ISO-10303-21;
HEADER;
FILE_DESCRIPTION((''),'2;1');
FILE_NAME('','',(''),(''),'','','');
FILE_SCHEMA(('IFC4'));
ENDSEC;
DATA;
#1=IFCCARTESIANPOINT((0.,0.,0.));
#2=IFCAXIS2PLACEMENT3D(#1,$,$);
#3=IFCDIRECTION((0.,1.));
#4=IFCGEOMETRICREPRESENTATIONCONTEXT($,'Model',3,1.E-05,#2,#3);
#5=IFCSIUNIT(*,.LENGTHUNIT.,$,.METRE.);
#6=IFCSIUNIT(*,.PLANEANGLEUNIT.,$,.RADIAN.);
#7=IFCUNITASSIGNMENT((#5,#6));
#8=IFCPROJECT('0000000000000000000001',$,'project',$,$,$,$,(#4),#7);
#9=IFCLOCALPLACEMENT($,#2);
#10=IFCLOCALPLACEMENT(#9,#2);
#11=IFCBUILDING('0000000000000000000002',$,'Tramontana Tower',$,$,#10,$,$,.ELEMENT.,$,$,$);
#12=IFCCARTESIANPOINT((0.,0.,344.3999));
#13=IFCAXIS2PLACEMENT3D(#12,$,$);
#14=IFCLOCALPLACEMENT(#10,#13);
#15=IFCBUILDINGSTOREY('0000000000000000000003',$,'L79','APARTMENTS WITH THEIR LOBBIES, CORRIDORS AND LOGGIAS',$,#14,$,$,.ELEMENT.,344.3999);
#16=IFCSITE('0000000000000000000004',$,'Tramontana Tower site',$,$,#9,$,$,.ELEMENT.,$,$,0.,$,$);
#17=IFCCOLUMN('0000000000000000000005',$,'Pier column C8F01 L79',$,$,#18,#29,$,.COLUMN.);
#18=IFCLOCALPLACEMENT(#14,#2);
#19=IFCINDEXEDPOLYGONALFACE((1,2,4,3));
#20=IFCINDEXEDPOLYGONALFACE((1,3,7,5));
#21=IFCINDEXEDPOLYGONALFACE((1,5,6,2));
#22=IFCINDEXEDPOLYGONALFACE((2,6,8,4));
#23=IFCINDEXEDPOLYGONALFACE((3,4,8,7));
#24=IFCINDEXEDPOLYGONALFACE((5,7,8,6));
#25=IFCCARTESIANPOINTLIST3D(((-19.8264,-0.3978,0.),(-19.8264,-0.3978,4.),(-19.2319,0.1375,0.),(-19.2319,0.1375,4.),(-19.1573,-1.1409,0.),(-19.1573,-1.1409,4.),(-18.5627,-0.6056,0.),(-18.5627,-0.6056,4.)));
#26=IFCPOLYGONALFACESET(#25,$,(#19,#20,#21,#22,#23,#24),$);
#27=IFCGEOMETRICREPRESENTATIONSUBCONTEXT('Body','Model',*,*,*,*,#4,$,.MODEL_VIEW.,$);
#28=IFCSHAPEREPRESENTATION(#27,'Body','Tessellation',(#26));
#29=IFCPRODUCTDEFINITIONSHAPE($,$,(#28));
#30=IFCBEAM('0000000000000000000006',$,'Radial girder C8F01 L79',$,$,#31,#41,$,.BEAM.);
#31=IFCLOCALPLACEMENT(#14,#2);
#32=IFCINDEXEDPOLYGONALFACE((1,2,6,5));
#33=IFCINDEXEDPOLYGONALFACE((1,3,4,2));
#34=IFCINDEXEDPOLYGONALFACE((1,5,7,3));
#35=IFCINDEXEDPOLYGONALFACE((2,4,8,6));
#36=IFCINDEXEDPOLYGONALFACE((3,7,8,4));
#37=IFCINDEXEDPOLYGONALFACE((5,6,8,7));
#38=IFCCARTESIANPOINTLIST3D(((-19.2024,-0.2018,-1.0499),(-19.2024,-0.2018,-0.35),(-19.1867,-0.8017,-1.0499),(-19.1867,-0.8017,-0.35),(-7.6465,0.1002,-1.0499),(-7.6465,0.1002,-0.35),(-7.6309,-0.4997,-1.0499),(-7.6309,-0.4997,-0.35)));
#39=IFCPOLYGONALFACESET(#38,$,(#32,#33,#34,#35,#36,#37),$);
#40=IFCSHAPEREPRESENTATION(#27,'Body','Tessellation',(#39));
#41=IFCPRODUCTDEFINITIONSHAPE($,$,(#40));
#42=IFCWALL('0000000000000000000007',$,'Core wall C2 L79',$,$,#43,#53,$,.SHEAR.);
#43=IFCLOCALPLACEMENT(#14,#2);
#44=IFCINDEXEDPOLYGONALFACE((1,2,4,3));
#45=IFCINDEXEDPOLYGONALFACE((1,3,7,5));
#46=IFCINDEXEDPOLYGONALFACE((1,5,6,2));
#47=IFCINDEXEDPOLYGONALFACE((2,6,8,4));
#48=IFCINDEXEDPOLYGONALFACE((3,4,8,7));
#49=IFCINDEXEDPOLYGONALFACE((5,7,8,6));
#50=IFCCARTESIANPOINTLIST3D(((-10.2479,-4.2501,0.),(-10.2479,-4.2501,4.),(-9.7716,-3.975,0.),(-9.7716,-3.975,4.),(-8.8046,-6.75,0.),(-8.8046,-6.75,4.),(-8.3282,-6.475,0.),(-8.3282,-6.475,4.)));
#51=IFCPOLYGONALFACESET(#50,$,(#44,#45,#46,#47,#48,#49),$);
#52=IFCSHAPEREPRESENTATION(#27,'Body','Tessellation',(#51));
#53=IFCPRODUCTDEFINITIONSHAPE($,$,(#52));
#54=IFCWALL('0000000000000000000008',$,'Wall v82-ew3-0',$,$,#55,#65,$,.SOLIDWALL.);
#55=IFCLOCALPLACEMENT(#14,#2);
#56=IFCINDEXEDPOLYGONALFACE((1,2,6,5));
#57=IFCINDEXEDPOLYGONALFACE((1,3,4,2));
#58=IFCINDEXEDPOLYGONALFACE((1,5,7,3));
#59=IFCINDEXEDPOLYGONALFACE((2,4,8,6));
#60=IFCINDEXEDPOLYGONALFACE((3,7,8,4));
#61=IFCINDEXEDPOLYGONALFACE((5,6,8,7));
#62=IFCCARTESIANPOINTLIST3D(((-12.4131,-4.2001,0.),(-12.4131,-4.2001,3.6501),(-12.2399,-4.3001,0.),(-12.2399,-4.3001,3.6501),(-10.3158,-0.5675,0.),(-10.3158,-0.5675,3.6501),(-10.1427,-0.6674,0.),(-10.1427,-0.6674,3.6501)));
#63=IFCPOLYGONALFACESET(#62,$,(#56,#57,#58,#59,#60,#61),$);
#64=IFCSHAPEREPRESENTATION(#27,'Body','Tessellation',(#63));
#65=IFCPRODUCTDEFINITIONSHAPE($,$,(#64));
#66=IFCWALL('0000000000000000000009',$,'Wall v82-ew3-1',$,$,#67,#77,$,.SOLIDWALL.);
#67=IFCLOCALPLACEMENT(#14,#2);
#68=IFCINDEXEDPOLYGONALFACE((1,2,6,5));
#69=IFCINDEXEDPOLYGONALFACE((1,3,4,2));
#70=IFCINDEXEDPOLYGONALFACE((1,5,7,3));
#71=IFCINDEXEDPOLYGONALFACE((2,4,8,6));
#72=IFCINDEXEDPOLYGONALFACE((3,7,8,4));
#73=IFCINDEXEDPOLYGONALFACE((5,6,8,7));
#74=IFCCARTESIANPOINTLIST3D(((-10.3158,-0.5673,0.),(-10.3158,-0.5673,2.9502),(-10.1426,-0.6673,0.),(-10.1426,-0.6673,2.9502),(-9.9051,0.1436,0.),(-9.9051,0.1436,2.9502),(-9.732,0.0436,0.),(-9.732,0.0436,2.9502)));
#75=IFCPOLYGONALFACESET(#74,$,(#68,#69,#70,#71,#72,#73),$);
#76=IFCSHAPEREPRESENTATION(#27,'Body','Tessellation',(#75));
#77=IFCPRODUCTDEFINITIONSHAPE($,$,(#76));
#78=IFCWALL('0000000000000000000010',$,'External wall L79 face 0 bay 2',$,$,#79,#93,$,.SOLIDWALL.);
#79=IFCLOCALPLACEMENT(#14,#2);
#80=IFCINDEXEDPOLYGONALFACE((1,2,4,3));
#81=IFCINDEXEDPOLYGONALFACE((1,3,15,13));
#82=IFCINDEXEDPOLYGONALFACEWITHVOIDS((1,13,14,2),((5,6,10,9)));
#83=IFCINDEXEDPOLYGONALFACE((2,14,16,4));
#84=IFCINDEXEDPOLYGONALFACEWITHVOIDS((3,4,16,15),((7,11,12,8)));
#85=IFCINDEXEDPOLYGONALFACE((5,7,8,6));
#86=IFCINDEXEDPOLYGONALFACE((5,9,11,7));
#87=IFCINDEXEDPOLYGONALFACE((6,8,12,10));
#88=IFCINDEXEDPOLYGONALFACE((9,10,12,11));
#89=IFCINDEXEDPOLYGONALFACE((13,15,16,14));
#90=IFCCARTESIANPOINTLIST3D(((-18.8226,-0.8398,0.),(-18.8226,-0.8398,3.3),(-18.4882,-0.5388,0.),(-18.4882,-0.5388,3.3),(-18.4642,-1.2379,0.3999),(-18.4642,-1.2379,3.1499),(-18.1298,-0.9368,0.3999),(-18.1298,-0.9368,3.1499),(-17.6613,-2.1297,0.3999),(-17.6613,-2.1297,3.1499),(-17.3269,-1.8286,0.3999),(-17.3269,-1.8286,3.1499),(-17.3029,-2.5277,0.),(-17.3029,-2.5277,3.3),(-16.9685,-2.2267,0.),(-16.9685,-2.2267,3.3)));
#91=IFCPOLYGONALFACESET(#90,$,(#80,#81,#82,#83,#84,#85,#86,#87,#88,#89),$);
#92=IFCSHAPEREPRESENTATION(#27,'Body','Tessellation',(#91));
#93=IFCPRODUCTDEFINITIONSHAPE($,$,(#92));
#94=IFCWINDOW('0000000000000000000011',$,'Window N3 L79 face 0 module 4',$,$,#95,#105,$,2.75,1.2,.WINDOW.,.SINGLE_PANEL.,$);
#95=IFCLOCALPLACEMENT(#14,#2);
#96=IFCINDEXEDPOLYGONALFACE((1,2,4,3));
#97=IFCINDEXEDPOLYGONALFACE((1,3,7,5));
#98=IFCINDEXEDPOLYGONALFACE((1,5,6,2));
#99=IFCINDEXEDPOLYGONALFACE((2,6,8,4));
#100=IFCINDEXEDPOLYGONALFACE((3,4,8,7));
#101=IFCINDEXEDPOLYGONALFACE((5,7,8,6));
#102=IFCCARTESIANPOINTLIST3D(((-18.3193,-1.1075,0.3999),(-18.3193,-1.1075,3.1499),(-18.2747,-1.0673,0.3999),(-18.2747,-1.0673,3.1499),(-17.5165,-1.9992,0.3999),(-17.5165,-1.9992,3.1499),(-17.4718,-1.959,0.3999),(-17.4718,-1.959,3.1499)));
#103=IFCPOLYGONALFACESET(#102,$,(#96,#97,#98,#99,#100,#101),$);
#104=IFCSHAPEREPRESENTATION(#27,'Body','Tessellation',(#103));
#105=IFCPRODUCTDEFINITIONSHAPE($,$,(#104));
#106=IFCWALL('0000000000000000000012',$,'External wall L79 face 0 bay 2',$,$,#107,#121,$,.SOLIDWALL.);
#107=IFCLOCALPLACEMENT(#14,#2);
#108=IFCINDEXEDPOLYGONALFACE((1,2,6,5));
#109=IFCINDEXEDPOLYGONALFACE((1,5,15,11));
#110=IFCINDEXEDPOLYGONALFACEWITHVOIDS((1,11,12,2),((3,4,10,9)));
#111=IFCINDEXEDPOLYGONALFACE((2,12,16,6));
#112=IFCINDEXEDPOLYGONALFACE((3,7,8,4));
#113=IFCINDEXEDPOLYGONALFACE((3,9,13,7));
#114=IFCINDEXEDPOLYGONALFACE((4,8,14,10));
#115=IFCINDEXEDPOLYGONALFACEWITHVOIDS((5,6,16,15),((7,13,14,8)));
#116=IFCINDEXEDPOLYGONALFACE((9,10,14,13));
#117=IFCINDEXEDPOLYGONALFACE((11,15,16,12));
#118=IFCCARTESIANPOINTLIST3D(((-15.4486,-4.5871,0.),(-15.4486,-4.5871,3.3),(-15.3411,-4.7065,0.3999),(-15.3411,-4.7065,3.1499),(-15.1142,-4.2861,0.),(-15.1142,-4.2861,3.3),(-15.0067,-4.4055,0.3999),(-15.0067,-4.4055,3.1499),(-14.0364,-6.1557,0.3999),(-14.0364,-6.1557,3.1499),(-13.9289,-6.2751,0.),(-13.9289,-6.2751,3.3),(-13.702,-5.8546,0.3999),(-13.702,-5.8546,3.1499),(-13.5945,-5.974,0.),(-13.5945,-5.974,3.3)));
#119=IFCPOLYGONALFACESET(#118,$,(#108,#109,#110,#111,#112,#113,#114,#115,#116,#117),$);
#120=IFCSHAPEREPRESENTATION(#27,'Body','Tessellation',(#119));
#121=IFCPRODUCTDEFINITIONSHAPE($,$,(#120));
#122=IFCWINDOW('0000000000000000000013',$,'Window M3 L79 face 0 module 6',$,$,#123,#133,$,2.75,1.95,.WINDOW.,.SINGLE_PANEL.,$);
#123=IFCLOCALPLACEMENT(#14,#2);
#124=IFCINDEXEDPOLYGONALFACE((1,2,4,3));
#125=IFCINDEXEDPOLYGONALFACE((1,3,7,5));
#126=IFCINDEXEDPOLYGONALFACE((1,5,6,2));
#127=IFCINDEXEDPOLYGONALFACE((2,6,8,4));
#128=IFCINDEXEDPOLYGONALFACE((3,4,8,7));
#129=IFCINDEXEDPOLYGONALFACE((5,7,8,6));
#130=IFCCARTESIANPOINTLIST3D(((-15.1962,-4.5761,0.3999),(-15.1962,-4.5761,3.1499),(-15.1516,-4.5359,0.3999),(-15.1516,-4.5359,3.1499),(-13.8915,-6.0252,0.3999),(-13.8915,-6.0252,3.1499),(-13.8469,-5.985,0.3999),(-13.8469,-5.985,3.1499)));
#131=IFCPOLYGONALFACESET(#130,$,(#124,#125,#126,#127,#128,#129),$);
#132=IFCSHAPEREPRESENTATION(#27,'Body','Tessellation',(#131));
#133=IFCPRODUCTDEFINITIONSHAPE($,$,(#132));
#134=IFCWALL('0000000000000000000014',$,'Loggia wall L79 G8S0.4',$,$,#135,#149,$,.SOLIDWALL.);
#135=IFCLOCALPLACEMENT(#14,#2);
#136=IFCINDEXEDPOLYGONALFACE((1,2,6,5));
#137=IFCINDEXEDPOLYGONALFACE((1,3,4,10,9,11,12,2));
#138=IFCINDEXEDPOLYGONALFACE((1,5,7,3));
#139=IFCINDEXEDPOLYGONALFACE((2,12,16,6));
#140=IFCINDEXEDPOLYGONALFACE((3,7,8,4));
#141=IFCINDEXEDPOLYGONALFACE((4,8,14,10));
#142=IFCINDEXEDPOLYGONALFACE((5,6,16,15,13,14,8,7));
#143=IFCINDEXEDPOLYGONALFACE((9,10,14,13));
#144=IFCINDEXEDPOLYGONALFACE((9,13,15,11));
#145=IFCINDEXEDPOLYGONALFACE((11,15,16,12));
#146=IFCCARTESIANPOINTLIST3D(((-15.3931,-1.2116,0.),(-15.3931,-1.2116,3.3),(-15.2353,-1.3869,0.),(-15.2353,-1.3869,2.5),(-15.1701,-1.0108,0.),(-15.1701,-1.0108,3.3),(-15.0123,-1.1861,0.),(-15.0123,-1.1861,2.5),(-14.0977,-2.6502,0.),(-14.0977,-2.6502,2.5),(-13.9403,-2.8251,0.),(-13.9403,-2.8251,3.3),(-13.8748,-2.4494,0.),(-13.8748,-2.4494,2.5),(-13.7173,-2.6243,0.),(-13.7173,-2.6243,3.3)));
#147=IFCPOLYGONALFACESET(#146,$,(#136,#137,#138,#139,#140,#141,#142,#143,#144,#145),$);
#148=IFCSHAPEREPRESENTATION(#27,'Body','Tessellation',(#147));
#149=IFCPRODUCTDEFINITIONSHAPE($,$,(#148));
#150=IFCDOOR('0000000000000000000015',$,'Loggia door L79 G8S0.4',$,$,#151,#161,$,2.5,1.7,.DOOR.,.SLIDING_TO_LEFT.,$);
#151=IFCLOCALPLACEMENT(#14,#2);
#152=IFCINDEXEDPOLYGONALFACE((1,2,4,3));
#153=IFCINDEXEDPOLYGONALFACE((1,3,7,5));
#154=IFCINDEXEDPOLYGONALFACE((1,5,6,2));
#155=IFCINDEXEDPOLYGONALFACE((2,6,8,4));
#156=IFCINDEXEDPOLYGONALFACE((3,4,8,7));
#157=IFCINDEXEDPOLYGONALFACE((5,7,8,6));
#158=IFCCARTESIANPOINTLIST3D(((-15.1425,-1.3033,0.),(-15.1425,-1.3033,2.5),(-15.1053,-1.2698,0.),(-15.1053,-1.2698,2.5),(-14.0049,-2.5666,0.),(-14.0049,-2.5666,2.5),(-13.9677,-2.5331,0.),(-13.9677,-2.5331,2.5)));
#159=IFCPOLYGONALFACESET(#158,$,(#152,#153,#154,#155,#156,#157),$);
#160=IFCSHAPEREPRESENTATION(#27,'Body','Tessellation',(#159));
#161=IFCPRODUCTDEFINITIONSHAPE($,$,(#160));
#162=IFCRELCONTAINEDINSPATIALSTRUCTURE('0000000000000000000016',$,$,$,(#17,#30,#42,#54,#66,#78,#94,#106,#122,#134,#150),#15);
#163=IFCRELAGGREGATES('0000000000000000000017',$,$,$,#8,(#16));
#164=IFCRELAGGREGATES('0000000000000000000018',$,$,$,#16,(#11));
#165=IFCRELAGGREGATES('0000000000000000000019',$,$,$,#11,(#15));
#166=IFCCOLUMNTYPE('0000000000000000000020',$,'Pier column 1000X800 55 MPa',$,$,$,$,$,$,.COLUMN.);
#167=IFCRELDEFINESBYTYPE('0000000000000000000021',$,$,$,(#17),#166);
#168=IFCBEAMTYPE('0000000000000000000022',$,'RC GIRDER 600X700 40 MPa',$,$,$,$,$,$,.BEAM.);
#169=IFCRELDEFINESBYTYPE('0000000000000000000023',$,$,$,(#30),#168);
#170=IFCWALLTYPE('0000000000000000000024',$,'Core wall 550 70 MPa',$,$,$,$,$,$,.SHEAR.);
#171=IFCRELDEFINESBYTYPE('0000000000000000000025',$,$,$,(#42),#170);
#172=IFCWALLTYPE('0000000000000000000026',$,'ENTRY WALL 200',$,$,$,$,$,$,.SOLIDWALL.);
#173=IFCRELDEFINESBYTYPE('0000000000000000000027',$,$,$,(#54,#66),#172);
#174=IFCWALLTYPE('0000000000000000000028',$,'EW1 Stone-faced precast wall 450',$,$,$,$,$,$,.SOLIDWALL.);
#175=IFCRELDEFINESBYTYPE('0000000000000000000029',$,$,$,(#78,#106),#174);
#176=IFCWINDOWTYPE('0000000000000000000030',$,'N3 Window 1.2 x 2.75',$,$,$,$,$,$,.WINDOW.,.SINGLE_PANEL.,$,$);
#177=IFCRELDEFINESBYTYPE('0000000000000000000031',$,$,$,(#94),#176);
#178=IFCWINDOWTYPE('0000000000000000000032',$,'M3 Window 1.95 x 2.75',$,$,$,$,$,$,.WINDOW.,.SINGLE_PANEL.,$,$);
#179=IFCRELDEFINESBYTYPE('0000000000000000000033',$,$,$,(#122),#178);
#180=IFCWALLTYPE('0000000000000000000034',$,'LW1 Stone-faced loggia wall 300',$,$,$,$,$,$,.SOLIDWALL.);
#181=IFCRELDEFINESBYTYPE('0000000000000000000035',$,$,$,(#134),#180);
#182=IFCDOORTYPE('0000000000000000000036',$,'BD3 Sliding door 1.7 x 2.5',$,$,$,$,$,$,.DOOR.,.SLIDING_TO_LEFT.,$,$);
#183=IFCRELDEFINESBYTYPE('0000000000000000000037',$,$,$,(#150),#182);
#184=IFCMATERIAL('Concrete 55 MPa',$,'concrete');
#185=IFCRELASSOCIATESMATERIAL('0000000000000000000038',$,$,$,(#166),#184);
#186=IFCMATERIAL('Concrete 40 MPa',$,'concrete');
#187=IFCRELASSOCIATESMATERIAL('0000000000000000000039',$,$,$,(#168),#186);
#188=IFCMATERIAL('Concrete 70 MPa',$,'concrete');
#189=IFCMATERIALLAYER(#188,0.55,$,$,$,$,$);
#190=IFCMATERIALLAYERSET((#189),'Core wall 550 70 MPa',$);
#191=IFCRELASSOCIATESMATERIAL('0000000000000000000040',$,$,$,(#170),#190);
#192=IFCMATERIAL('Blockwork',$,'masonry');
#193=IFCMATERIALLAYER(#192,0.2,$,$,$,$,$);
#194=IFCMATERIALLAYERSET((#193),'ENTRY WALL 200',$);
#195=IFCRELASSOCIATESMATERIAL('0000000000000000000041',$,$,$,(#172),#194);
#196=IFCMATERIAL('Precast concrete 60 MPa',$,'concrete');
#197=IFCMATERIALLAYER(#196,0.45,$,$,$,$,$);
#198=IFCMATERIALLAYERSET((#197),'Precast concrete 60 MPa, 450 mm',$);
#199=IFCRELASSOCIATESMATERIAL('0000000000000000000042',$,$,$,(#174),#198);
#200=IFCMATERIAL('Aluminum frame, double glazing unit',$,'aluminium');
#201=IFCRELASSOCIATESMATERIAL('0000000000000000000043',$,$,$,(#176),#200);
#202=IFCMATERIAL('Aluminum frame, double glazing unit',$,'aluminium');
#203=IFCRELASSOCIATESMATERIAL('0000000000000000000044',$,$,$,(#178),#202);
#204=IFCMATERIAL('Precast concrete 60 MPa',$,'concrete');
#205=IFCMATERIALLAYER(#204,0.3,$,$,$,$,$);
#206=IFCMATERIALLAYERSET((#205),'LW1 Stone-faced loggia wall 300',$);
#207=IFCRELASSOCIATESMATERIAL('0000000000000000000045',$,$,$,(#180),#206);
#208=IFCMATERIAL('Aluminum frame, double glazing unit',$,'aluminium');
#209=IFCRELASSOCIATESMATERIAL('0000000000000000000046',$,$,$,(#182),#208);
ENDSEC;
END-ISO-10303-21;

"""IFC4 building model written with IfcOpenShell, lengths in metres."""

from ifc_helpers import new_model, si_unit, direction, frame, frame_2d, origin, origin_2d, place, context, subcontext, project, spatial, rectangle, extrude, material, layer, layer_set, material_profile, profile_set, type_object, element, fill, save


model = new_model("IFC4")

# Units and contexts
model_context = context("Model", 3, precision=1e-05, world=origin(), true_north=direction((0.0, 1.0)))
body_context = subcontext(model_context, "Body", "Model", "MODEL_VIEW")
ifc_project = project(units=[si_unit("LENGTHUNIT", "METRE"), si_unit("PLANEANGLEUNIT", "RADIAN")], contexts=[model_context])

# Site, building, storey
site_placement = place(None, origin())
site = spatial("IfcSite", under=ifc_project, at=site_placement, Name="Tramontana Tower site", CompositionType="ELEMENT", RefElevation=0.0)
building_placement = place(site_placement, origin())
building = spatial("IfcBuilding", under=site, at=building_placement, Name="Tramontana Tower", CompositionType="ELEMENT")
storey_placement = place(building_placement, frame((0.0, 0.0, 344.3999)))
storey = spatial("IfcBuildingStorey", under=building, at=storey_placement, Name="L79", Description="APARTMENTS WITH THEIR LOBBIES, CORRIDORS AND LOGGIAS", CompositionType="ELEMENT", Elevation=344.3999)

# Column
ifc_material_1 = material(Name="Concrete 55 MPa", Category="concrete")
ifc_material_profile_1 = material_profile(ifc_material_1, rectangle(XDim=1.0, YDim=0.8, at=origin_2d()), Name="Pier column 1000X800 55 MPa")
ifc_profile_set_1 = profile_set([ifc_material_profile_1], Name="Concrete 55 MPa")
column_type = type_object("IfcColumnType", Name="Pier column 1000X800 55 MPa", PredefinedType="COLUMN", material=ifc_profile_set_1)
column_placement = place(storey_placement, frame((-19.1946, -0.5017, 0.0), z_axis=(0.0, 0.0, 1.0), x_axis=(0.669131, -0.743145, 0.0)))
element("IfcColumn", 1, at=column_placement, inside=storey, type_object=column_type, Name="Pier column C8F01 L79", PredefinedType="COLUMN", context=body_context, shape_type="SweptSolid", body=[
    extrude(rectangle(XDim=1.0, YDim=0.8, at=origin_2d()), origin(), (0.0, 0.0, 1.0), 4.0),
])

# Beam
ifc_material_2 = material(Name="Concrete 40 MPa", Category="concrete")
ifc_material_profile_2 = material_profile(ifc_material_2, rectangle(XDim=0.6001, YDim=0.7, at=origin_2d()), Name="RC GIRDER 600X700 40 MPa")
ifc_profile_set_2 = profile_set([ifc_material_profile_2], Name="Concrete 40 MPa")
beam_type = type_object("IfcBeamType", Name="RC GIRDER 600X700 40 MPa", PredefinedType="BEAM", material=ifc_profile_set_2)
beam_placement = place(storey_placement, frame((-19.1946, -0.5017, -0.7), z_axis=(0.999659, 0.026125, 0.0), x_axis=(-0.026125, 0.999659, 0.0)))
element("IfcBeam", 2, at=beam_placement, inside=storey, type_object=beam_type, Name="Radial girder C8F01 L79", PredefinedType="BEAM", context=body_context, shape_type="SweptSolid", body=[
    extrude(rectangle(XDim=0.6001, YDim=0.7, at=origin_2d()), origin(), (0.0, 0.0, 1.0), 11.5598),
])

# Walls
ifc_material_3 = material(Name="Concrete 70 MPa", Category="concrete")
ifc_layer_1 = layer(ifc_material_3, 0.55)
ifc_layer_set_1 = layer_set([ifc_layer_1], Name="Core wall 550 70 MPa")
wall_type_1 = type_object("IfcWallType", Name="Core wall 550 70 MPa", PredefinedType="SHEAR", material=ifc_layer_set_1)
wall_1_placement = place(storey_placement, frame((-10.0098, -4.1125, 0.0), z_axis=(0.0, 0.0, 1.0), x_axis=(0.499996, -0.866028, 0.0)))
element("IfcWall", 3, at=wall_1_placement, inside=storey, type_object=wall_type_1, Name="Core wall C2 L79", PredefinedType="SHEAR", context=body_context, shape_type="SweptSolid", body=[
    extrude(rectangle(XDim=2.8867, YDim=0.55, at=frame_2d((1.4434, 0.0))), origin(), (0.0, 0.0, 1.0), 4.0),
])
ifc_material_4 = material(Name="Blockwork", Category="masonry")
ifc_layer_2 = layer(ifc_material_4, 0.2)
ifc_layer_set_2 = layer_set([ifc_layer_2], Name="ENTRY WALL 200")
wall_type_2 = type_object("IfcWallType", Name="ENTRY WALL 200", PredefinedType="SOLIDWALL", material=ifc_layer_set_2)
wall_2_placement = place(storey_placement, frame((-12.3264, -4.25, 0.0), z_axis=(0.0, 0.0, 1.0), x_axis=(0.499983, 0.866035, 0.0)))
element("IfcWall", 4, at=wall_2_placement, inside=storey, type_object=wall_type_2, Name="Wall v82-ew3-0", PredefinedType="SOLIDWALL", context=body_context, shape_type="SweptSolid", body=[
    extrude(rectangle(XDim=4.1946, YDim=0.2, at=frame_2d((2.0972, 0.0))), origin(), (0.0, 0.0, 1.0), 3.6501),
])
wall_3_placement = place(storey_placement, frame((-10.2292, -0.6174, 0.0), z_axis=(0.0, 0.0, 1.0), x_axis=(0.500169, 0.865928, 0.0)))
element("IfcWall", 5, at=wall_3_placement, inside=storey, type_object=wall_type_2, Name="Wall v82-ew3-1", PredefinedType="SOLIDWALL", context=body_context, shape_type="SweptSolid", body=[
    extrude(rectangle(XDim=0.821, YDim=0.2, at=frame_2d((0.4106, 0.0))), origin(), (0.0, 0.0, 1.0), 2.9502),
])

# Walls, openings, windows
ifc_material_5 = material(Name="Precast concrete 60 MPa", Category="concrete")
ifc_layer_3 = layer(ifc_material_5, 0.45)
ifc_layer_set_3 = layer_set([ifc_layer_3], Name="Precast concrete 60 MPa, 450 mm")
wall_type_3 = type_object("IfcWallType", Name="EW1 Stone-faced precast wall 450", PredefinedType="SOLIDWALL", material=ifc_layer_set_3)
wall_4_placement = place(storey_placement, frame((-18.6555, -0.6892, 0.0), z_axis=(0.0, 0.0, 1.0), x_axis=(0.669107, -0.743166, 0.0)))
wall_4 = element("IfcWall", 6, at=wall_4_placement, inside=storey, type_object=wall_type_3, Name="External wall L79 face 0 bay 2", PredefinedType="SOLIDWALL", context=body_context, shape_type="SweptSolid", body=[
    extrude(rectangle(XDim=2.2712, YDim=0.45, at=frame_2d((1.1357, 0.0))), origin(), (0.0, 0.0, 1.0), 3.3),
])
opening_1_placement = place(wall_4_placement, frame((0.5356, 0.0, 0.3999)))
opening_1 = element("IfcOpeningElement", 7, at=opening_1_placement, cuts=wall_4, PredefinedType="OPENING", context=body_context, shape_type="SweptSolid", body=[
    extrude(rectangle(XDim=1.2, YDim=2.75, at=frame_2d((0.6001, 1.375))), frame((0.0, 0.2349, 0.0), z_axis=(0.0, -1.0, 0.0), x_axis=(1.0, 0.0, 0.0)), (0.0, 0.0, 1.0), 0.47),
])
ifc_material_6 = material(Name="Aluminum frame, double glazing unit", Category="aluminium")
window_type_1 = type_object("IfcWindowType", Name="N3 Window 1.2 x 2.75", PartitioningType="SINGLE_PANEL", PredefinedType="WINDOW", material=ifc_material_6)
window_1_placement = place(opening_1_placement, origin())
window_1 = element("IfcWindow", 8, at=window_1_placement, inside=storey, type_object=window_type_1, Name="Window N3 L79 face 0 module 4", OverallHeight=2.75, OverallWidth=1.2, PartitioningType="SINGLE_PANEL", PredefinedType="WINDOW", context=body_context, shape_type="SweptSolid", body=[
    extrude(rectangle(XDim=1.2, YDim=2.75, at=frame_2d((0.6001, 1.375))), frame((0.0, 0.03, 0.0), z_axis=(0.0, -1.0, 0.0), x_axis=(1.0, 0.0, 0.0)), (0.0, 0.0, 1.0), 0.0601),
])
fill(opening_1, window_1)
wall_5_placement = place(storey_placement, frame((-15.2815, -4.4365, 0.0), z_axis=(0.0, 0.0, 1.0), x_axis=(0.669107, -0.743166, 0.0)))
wall_5 = element("IfcWall", 9, at=wall_5_placement, inside=storey, type_object=wall_type_3, Name="External wall L79 face 0 bay 2", PredefinedType="SOLIDWALL", context=body_context, shape_type="SweptSolid", body=[
    extrude(rectangle(XDim=2.2712, YDim=0.45, at=frame_2d((1.1357, 0.0))), origin(), (0.0, 0.0, 1.0), 3.3),
])
opening_2_placement = place(wall_5_placement, frame((0.1606, 0.0, 0.3999)))
opening_2 = element("IfcOpeningElement", 10, at=opening_2_placement, cuts=wall_5, PredefinedType="OPENING", context=body_context, shape_type="SweptSolid", body=[
    extrude(rectangle(XDim=1.95, YDim=2.75, at=frame_2d((0.9751, 1.375))), frame((0.0, 0.2349, 0.0), z_axis=(0.0, -1.0, 0.0), x_axis=(1.0, 0.0, 0.0)), (0.0, 0.0, 1.0), 0.47),
])
ifc_material_7 = material(Name="Aluminum frame, double glazing unit", Category="aluminium")
window_type_2 = type_object("IfcWindowType", Name="M3 Window 1.95 x 2.75", PartitioningType="SINGLE_PANEL", PredefinedType="WINDOW", material=ifc_material_7)
window_2_placement = place(opening_2_placement, origin())
window_2 = element("IfcWindow", 11, at=window_2_placement, inside=storey, type_object=window_type_2, Name="Window M3 L79 face 0 module 6", OverallHeight=2.75, OverallWidth=1.95, PartitioningType="SINGLE_PANEL", PredefinedType="WINDOW", context=body_context, shape_type="SweptSolid", body=[
    extrude(rectangle(XDim=1.95, YDim=2.75, at=frame_2d((0.9751, 1.375))), frame((0.0, 0.03, 0.0), z_axis=(0.0, -1.0, 0.0), x_axis=(1.0, 0.0, 0.0)), (0.0, 0.0, 1.0), 0.0601),
])
fill(opening_2, window_2)

# Wall, opening, door
ifc_material_8 = material(Name="Precast concrete 60 MPa", Category="concrete")
ifc_layer_4 = layer(ifc_material_8, 0.3)
ifc_layer_set_4 = layer_set([ifc_layer_4], Name="LW1 Stone-faced loggia wall 300")
wall_type_4 = type_object("IfcWallType", Name="LW1 Stone-faced loggia wall 300", PredefinedType="SOLIDWALL", material=ifc_layer_set_4)
wall_6_placement = place(storey_placement, frame((-15.2815, -1.1113, 0.0), z_axis=(0.0, 0.0, 1.0), x_axis=(0.669145, -0.743132, 0.0)))
wall_6 = element("IfcWall", 12, at=wall_6_placement, inside=storey, type_object=wall_type_4, Name="Loggia wall L79 G8S0.4", PredefinedType="SOLIDWALL", context=body_context, shape_type="SweptSolid", body=[
    extrude(rectangle(XDim=2.1711, YDim=0.3, at=frame_2d((1.0854, 0.0))), origin(), (0.0, 0.0, 1.0), 3.3),
])
opening_3_placement = place(wall_6_placement, frame((0.2356, 0.0, 0.0)))
opening_3 = element("IfcOpeningElement", 13, at=opening_3_placement, cuts=wall_6, PredefinedType="OPENING", context=body_context, shape_type="SweptSolid", body=[
    extrude(rectangle(XDim=1.7, YDim=2.5, at=frame_2d((0.8501, 1.25))), frame((0.0, 0.1599, 0.0), z_axis=(0.0, -1.0, 0.0), x_axis=(1.0, 0.0, 0.0)), (0.0, 0.0, 1.0), 0.3201),
])
ifc_material_9 = material(Name="Aluminum frame, double glazing unit", Category="aluminium")
door_type_1 = type_object("IfcDoorType", Name="BD3 Sliding door 1.7 x 2.5", OperationType="SLIDING_TO_LEFT", PredefinedType="DOOR", material=ifc_material_9)
door_1_placement = place(opening_3_placement, origin())
door_1 = element("IfcDoor", 14, at=door_1_placement, inside=storey, type_object=door_type_1, Name="Loggia door L79 G8S0.4", OperationType="SLIDING_TO_LEFT", OverallHeight=2.5, OverallWidth=1.7, PredefinedType="DOOR", context=body_context, shape_type="SweptSolid", body=[
    extrude(rectangle(XDim=1.7, YDim=2.5, at=frame_2d((0.8501, 1.25))), frame((0.0, 0.0249, 0.0), z_axis=(0.0, -1.0, 0.0), x_axis=(1.0, 0.0, 0.0)), (0.0, 0.0, 1.0), 0.05),
])
fill(opening_3, door_1)

save(model, "model.ifc")
